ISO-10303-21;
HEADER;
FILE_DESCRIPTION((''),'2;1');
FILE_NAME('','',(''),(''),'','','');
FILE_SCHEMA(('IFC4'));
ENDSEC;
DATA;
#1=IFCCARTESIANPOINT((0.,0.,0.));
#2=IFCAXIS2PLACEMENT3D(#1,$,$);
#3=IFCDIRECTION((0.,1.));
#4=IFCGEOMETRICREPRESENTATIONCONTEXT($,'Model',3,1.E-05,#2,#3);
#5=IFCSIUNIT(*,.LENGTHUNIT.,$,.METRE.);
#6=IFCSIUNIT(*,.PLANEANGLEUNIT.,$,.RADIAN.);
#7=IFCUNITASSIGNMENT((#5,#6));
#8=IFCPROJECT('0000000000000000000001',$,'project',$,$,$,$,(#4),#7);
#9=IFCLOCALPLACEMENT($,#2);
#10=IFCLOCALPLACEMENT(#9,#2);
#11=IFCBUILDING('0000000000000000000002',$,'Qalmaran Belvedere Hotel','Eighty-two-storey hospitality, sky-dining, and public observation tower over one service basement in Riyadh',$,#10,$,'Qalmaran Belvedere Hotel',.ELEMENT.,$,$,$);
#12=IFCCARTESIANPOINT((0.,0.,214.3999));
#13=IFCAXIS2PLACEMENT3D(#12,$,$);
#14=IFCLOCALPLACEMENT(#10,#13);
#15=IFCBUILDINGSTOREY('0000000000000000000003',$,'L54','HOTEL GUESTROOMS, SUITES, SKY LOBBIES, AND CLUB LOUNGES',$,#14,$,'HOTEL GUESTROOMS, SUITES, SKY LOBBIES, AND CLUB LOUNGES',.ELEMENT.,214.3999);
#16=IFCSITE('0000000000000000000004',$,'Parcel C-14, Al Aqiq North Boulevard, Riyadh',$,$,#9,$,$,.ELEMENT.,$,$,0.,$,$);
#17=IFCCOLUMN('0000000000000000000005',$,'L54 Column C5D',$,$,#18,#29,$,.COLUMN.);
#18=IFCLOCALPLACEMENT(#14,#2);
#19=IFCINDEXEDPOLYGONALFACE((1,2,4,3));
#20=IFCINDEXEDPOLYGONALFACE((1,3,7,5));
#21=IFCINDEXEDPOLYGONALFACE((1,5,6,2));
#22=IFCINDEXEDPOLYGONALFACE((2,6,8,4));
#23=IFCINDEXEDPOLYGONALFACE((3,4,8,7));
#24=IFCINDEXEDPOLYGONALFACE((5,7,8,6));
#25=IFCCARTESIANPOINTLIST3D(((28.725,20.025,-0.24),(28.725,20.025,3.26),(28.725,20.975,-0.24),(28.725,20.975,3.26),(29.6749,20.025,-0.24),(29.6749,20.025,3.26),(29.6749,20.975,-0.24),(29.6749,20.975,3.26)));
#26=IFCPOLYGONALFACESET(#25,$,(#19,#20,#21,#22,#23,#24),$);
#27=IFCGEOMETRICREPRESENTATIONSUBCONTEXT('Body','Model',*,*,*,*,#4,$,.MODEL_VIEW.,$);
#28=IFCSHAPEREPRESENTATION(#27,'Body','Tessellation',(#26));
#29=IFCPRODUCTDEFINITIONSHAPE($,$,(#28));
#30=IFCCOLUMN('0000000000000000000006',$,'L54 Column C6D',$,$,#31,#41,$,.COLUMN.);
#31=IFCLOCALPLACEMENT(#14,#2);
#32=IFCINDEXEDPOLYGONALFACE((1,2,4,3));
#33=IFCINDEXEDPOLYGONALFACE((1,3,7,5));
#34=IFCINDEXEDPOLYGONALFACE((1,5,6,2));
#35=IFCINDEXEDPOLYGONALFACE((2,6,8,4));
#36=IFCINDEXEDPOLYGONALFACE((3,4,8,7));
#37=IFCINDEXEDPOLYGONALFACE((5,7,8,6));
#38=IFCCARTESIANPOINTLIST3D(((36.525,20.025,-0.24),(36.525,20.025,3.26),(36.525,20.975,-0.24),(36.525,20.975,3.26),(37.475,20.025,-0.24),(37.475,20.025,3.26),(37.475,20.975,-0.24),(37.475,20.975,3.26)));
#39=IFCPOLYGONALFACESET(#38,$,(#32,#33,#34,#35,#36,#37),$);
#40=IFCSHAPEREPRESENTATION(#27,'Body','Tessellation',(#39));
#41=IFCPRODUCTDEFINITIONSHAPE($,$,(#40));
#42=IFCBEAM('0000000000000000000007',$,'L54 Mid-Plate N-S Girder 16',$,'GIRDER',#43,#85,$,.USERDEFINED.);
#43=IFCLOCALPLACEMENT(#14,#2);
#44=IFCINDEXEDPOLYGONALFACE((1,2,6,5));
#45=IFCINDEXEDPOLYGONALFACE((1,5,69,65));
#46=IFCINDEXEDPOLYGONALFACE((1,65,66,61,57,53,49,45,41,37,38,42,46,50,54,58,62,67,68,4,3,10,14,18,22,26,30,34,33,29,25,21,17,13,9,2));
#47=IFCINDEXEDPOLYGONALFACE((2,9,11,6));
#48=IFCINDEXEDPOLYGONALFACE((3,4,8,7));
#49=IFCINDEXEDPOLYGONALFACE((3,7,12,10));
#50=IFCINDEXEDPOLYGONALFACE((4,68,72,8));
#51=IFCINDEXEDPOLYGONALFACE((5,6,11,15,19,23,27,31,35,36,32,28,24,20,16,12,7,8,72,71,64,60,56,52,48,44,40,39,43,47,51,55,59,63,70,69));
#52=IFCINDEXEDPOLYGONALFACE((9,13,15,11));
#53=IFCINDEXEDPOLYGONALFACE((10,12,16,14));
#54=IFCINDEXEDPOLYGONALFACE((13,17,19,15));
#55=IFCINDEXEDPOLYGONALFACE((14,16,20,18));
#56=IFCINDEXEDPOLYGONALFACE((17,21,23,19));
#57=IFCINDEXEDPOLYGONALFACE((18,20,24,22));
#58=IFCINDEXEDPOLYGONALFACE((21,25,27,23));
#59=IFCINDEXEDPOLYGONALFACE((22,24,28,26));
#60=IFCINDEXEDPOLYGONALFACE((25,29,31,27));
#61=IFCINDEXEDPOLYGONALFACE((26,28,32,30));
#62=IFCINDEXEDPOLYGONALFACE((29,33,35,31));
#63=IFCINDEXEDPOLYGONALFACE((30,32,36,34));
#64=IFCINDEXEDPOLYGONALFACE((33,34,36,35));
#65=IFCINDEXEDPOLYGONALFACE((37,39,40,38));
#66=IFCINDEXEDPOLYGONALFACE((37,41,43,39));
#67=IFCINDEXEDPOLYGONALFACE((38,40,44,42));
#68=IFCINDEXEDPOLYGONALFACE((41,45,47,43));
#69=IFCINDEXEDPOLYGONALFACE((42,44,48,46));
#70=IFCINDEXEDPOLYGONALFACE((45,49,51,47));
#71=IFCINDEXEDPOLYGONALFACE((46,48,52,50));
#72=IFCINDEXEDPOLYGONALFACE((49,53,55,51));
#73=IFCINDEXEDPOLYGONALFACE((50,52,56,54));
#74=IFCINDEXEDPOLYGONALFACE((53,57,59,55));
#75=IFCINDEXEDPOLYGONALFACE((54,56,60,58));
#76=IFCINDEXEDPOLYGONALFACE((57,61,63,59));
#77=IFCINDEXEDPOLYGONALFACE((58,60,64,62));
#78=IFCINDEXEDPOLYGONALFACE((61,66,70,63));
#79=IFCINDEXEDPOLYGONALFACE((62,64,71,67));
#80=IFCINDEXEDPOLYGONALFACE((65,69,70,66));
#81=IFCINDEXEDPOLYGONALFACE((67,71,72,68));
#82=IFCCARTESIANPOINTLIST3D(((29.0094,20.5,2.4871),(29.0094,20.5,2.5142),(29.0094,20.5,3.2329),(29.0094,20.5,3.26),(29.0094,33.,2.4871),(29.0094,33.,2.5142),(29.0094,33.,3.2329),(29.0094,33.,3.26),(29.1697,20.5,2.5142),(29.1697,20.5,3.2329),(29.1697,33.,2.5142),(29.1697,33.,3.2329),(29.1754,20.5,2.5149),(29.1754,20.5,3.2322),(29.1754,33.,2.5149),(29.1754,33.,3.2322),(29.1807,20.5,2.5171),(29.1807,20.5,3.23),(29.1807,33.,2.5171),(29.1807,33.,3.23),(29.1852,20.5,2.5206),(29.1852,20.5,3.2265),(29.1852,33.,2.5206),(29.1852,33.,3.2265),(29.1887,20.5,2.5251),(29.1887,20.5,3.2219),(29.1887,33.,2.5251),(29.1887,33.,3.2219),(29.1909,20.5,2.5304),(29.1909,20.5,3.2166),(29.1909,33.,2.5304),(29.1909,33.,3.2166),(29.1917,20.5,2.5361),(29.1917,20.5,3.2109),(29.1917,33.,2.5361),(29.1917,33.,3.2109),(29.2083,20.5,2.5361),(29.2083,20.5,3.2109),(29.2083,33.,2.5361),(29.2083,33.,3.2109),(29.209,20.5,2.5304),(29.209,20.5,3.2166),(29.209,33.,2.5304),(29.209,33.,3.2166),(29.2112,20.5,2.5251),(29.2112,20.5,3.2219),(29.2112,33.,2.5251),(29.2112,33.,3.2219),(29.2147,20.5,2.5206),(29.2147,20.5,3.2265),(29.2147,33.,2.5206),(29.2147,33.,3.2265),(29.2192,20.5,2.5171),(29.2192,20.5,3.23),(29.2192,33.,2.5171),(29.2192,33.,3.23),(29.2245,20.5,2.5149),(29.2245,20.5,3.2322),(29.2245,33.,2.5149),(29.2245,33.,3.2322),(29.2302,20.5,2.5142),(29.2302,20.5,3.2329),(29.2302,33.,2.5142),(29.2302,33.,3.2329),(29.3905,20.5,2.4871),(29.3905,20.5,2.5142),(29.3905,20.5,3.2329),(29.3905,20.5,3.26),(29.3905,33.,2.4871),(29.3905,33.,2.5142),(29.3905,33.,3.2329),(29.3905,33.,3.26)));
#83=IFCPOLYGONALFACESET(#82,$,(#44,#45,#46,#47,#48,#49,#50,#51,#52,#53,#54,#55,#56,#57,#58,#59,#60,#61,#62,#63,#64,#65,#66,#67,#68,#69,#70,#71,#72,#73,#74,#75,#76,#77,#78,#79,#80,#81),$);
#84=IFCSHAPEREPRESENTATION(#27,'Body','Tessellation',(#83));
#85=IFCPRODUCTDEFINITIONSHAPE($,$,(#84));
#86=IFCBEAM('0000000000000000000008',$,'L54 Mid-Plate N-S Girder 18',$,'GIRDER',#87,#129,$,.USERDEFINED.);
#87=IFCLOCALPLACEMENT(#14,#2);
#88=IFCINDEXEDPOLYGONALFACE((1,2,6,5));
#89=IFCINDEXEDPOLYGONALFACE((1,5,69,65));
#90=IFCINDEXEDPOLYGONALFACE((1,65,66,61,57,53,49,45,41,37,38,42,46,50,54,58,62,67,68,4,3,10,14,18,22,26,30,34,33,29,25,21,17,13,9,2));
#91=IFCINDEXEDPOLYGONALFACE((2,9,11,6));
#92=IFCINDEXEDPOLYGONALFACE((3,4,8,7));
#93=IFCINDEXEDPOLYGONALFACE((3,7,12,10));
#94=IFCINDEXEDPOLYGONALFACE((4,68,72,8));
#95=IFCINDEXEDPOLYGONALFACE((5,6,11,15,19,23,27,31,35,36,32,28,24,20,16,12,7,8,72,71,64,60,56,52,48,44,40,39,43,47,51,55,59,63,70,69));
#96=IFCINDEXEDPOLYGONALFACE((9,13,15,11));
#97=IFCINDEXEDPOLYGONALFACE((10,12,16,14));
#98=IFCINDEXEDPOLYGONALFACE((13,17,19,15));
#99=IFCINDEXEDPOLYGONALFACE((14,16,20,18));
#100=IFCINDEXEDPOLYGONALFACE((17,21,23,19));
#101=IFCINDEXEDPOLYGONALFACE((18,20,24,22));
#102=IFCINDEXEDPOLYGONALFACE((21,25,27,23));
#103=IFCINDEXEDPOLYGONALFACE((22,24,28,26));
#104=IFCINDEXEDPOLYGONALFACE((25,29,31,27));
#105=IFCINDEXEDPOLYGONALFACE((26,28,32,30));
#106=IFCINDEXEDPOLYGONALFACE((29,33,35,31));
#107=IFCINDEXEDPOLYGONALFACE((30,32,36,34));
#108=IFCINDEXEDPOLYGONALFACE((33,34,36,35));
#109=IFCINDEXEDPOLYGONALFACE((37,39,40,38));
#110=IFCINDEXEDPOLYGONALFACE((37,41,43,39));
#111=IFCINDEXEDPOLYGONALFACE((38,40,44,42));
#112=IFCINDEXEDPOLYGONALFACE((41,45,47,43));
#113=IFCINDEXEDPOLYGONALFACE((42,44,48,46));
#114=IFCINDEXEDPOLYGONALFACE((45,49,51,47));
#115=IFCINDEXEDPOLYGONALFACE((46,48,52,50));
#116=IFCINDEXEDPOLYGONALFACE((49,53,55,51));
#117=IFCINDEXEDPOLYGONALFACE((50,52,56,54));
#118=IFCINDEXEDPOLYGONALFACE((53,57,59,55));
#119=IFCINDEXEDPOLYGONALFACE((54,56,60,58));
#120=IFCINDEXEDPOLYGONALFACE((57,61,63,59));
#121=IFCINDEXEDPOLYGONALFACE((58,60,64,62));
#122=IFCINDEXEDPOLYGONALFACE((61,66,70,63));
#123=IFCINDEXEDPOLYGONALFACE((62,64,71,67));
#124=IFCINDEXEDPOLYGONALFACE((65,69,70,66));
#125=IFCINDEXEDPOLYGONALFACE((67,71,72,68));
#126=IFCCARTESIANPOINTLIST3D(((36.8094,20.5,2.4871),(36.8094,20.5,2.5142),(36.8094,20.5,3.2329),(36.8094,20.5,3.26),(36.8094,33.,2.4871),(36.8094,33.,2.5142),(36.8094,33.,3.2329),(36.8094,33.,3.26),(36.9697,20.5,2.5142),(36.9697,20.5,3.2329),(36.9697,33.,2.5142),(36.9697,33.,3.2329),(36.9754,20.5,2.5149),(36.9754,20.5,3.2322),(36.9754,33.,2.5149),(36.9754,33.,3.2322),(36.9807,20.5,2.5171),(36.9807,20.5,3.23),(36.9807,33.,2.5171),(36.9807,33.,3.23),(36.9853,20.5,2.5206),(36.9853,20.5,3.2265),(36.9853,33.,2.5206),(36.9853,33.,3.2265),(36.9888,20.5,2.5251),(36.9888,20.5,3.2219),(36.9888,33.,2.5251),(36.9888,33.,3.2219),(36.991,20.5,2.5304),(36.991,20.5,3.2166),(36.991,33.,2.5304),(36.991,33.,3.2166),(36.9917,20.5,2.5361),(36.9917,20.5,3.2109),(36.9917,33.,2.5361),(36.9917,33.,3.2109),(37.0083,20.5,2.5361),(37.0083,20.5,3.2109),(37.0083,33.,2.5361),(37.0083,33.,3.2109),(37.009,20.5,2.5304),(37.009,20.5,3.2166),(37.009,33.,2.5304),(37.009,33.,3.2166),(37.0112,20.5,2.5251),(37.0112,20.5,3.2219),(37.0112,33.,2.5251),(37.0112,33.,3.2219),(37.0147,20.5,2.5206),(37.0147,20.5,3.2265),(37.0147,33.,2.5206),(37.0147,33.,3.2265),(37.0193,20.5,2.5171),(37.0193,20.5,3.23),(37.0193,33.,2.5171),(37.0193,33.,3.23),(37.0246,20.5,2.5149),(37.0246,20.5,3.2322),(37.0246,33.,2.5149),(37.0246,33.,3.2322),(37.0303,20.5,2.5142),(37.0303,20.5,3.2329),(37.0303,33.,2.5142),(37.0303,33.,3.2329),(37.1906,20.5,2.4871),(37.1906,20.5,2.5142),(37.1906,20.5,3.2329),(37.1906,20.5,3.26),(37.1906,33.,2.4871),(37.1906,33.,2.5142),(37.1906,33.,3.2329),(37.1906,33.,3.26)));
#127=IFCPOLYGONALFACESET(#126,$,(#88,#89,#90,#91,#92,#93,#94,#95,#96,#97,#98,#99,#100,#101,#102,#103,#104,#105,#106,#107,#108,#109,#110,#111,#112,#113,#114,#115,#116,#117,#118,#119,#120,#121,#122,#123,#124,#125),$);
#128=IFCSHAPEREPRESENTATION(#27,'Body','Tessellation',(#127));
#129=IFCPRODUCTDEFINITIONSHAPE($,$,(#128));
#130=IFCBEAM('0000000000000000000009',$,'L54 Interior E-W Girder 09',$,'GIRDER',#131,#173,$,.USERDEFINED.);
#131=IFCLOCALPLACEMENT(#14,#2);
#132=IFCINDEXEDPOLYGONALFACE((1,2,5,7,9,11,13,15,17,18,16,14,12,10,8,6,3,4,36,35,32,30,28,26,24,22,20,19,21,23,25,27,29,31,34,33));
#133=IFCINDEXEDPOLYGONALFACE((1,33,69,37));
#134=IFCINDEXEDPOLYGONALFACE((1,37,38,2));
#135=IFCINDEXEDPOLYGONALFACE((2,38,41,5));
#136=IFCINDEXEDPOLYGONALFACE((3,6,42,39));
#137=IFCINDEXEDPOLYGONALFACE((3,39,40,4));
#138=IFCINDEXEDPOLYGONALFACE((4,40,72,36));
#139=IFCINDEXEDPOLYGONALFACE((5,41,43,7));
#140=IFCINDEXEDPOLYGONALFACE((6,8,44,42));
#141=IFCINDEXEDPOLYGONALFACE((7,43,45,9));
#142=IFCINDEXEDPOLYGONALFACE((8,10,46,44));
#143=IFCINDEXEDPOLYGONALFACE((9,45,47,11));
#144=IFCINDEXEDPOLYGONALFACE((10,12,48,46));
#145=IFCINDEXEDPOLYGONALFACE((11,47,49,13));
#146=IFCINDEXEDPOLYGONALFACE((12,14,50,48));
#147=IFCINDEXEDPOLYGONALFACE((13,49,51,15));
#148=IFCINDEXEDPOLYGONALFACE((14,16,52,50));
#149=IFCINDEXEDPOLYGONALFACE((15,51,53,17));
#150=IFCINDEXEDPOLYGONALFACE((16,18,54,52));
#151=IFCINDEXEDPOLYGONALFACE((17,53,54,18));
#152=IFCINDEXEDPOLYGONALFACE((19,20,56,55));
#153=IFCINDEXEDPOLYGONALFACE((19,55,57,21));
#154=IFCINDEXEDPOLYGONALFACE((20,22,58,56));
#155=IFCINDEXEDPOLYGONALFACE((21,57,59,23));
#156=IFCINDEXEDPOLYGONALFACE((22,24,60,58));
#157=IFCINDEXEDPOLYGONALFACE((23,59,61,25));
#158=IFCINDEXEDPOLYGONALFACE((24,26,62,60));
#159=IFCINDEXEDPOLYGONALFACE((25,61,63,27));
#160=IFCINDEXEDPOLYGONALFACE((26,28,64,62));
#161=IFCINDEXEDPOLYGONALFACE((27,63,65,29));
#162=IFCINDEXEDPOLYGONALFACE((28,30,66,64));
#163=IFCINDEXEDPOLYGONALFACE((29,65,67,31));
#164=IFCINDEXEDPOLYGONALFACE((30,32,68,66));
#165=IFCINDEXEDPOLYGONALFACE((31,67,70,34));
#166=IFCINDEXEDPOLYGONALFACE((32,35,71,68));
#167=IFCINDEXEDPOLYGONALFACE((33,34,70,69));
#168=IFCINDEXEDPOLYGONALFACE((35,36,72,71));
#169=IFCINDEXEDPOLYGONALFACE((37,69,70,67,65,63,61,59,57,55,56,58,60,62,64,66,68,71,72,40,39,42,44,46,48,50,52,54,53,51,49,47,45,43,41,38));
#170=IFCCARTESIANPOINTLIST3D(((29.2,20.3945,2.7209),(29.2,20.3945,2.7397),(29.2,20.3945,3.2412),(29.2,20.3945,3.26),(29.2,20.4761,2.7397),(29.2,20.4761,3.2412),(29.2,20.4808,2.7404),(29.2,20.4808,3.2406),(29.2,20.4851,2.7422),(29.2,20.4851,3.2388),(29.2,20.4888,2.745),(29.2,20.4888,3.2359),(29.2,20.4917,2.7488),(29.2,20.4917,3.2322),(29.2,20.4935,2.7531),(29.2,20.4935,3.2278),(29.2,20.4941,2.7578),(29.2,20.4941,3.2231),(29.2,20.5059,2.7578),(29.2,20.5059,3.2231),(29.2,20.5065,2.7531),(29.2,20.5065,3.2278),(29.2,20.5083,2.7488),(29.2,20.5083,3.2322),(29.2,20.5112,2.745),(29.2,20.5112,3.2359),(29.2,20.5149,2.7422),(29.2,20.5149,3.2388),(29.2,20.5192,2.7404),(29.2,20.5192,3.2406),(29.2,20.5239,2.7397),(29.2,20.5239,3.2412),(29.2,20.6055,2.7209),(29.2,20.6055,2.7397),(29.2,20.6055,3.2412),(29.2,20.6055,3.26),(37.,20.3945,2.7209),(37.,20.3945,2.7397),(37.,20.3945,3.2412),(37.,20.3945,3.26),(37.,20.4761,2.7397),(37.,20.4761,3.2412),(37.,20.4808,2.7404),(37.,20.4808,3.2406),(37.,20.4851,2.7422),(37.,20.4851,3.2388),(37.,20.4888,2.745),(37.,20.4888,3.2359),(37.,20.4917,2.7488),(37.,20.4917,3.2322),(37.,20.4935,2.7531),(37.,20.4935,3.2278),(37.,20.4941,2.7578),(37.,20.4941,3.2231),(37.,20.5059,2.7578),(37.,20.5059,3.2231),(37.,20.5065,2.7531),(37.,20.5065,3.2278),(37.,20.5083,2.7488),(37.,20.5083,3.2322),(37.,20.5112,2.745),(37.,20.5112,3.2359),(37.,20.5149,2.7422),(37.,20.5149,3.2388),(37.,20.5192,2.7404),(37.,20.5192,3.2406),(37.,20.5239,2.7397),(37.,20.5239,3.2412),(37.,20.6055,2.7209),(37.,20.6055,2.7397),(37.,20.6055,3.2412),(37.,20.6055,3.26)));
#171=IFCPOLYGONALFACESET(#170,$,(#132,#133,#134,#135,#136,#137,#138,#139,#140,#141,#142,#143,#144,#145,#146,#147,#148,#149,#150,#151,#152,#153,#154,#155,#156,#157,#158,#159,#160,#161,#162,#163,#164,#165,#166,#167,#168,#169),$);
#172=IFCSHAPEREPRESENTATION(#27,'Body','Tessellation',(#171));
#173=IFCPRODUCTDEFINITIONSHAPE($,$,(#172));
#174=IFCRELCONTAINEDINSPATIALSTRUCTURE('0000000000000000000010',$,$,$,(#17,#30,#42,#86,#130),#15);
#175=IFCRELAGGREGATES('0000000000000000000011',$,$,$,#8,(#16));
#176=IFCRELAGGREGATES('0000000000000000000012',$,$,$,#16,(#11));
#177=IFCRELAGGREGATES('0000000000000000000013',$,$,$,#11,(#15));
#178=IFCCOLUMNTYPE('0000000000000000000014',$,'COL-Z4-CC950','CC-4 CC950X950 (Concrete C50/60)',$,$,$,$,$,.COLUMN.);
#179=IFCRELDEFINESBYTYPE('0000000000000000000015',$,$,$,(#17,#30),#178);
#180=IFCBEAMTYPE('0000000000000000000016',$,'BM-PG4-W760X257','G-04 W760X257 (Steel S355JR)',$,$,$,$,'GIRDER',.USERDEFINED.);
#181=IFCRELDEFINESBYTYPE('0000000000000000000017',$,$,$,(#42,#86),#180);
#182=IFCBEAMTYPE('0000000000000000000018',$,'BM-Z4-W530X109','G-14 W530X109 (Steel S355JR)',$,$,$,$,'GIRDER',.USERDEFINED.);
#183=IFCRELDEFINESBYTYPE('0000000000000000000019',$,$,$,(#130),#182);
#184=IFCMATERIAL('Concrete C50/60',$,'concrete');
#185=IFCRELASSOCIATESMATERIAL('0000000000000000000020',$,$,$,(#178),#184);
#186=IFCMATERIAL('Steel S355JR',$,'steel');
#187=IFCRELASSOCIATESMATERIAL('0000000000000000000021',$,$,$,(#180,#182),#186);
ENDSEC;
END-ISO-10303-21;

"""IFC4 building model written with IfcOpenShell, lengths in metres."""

from ifc_helpers import new_model, si_unit, direction, frame, origin, origin_2d, place, context, subcontext, project, spatial, rectangle, i_section, extrude, material, material_profile, profile_set, type_object, element, save


model = new_model("IFC4")

# Units and contexts
model_context = context("Model", 3, precision=1e-05, world=origin(), true_north=direction((0.0, 1.0)))
body_context = subcontext(model_context, "Body", "Model", "MODEL_VIEW")
ifc_project = project(units=[si_unit("LENGTHUNIT", "METRE"), si_unit("PLANEANGLEUNIT", "RADIAN")], contexts=[model_context])

# Site, building, storey
site_placement = place(None, origin())
site = spatial("IfcSite", under=ifc_project, at=site_placement, Name="Parcel C-14, Al Aqiq North Boulevard, Riyadh", CompositionType="ELEMENT", RefElevation=0.0)
building_placement = place(site_placement, origin())
building = spatial("IfcBuilding", under=site, at=building_placement, Name="Qalmaran Belvedere Hotel", Description="Eighty-two-storey hospitality, sky-dining, and public observation tower over one service basement in Riyadh", LongName="Qalmaran Belvedere Hotel", CompositionType="ELEMENT")
storey_placement = place(building_placement, frame((0.0, 0.0, 214.3999)))
storey = spatial("IfcBuildingStorey", under=building, at=storey_placement, Name="L54", Description="HOTEL GUESTROOMS, SUITES, SKY LOBBIES, AND CLUB LOUNGES", LongName="HOTEL GUESTROOMS, SUITES, SKY LOBBIES, AND CLUB LOUNGES", CompositionType="ELEMENT", Elevation=214.3999)

# Columns
ifc_material_1 = material(Name="Concrete C50/60", Category="concrete")
ifc_material_profile_1 = material_profile(ifc_material_1, rectangle(XDim=0.95, YDim=0.95, at=origin_2d()), Name="CC950X950")
ifc_profile_set_1 = profile_set([ifc_material_profile_1], Name="Concrete C50/60")
column_type = type_object("IfcColumnType", Name="COL-Z4-CC950", Description="CC-4 CC950X950 (Concrete C50/60)", PredefinedType="COLUMN", material=ifc_profile_set_1)
for number, where, z_axis, x_axis, name in (
    (1, (29.2, 20.5, -0.24), (0.0, 0.0, 1.0), (1.0, 0.0, 0.0), "L54 Column C5D"),
    (2, (37.0, 20.5, -0.24), (0.0, 0.0, 1.0), (1.0, 0.0, 0.0), "L54 Column C6D"),
):
    element("IfcColumn", number, at=place(storey_placement, frame(where, z_axis=z_axis, x_axis=x_axis)), inside=storey, type_object=column_type, Name=name, PredefinedType="COLUMN", context=body_context, shape_type="SweptSolid", body=[
        extrude(rectangle(XDim=0.95, YDim=0.95, at=origin_2d()), origin(), (0.0, 0.0, 1.0), 3.5),
    ])

# Beams
ifc_material_2 = material(Name="Steel S355JR", Category="steel")
ifc_material_profile_2 = material_profile(ifc_material_2, i_section(OverallWidth=0.3811, OverallDepth=0.7729, WebThickness=0.0166, FlangeThickness=0.0271, FilletRadius=0.022, at=origin_2d()), Name="W760X257")
ifc_profile_set_2 = profile_set([ifc_material_profile_2], Name="Steel S355JR")
beam_type_1 = type_object("IfcBeamType", Name="BM-PG4-W760X257", Description="G-04 W760X257 (Steel S355JR)", ElementType="GIRDER", PredefinedType="USERDEFINED", material=ifc_profile_set_2)
for number, where, z_axis, x_axis, name in (
    (3, (29.2, 20.5, 2.8735), (0.0, 1.0, 0.0), (-1.0, 0.0, 0.0), "L54 Mid-Plate N-S Girder 16"),
    (4, (37.0, 20.5, 2.8735), (0.0, 1.0, 0.0), (-1.0, 0.0, 0.0), "L54 Mid-Plate N-S Girder 18"),
):
    element("IfcBeam", number, at=place(storey_placement, frame(where, z_axis=z_axis, x_axis=x_axis)), inside=storey, type_object=beam_type_1, Name=name, ObjectType="GIRDER", PredefinedType="USERDEFINED", context=body_context, shape_type="SweptSolid", body=[
        extrude(i_section(OverallWidth=0.3811, OverallDepth=0.7729, WebThickness=0.0166, FlangeThickness=0.0271, FilletRadius=0.022, at=origin_2d()), origin(), (0.0, 0.0, 1.0), 12.5),
    ])
ifc_material_profile_3 = material_profile(ifc_material_2, i_section(OverallWidth=0.2109, OverallDepth=0.5391, WebThickness=0.0117, FlangeThickness=0.0188, FilletRadius=0.0181, at=origin_2d()), Name="W530X109")
ifc_profile_set_3 = profile_set([ifc_material_profile_3], Name="Steel S355JR")
beam_type_2 = type_object("IfcBeamType", Name="BM-Z4-W530X109", Description="G-14 W530X109 (Steel S355JR)", ElementType="GIRDER", PredefinedType="USERDEFINED", material=ifc_profile_set_3)
for number, where, z_axis, x_axis, name in (
    (5, (29.2, 20.5, 2.9905), (1.0, 0.0, 0.0), (0.0, 1.0, 0.0), "L54 Interior E-W Girder 09"),
):
    element("IfcBeam", number, at=place(storey_placement, frame(where, z_axis=z_axis, x_axis=x_axis)), inside=storey, type_object=beam_type_2, Name=name, ObjectType="GIRDER", PredefinedType="USERDEFINED", context=body_context, shape_type="SweptSolid", body=[
        extrude(i_section(OverallWidth=0.2109, OverallDepth=0.5391, WebThickness=0.0117, FlangeThickness=0.0188, FilletRadius=0.0181, at=origin_2d()), origin(), (0.0, 0.0, 1.0), 7.8),
    ])

save(model, "model.ifc")
